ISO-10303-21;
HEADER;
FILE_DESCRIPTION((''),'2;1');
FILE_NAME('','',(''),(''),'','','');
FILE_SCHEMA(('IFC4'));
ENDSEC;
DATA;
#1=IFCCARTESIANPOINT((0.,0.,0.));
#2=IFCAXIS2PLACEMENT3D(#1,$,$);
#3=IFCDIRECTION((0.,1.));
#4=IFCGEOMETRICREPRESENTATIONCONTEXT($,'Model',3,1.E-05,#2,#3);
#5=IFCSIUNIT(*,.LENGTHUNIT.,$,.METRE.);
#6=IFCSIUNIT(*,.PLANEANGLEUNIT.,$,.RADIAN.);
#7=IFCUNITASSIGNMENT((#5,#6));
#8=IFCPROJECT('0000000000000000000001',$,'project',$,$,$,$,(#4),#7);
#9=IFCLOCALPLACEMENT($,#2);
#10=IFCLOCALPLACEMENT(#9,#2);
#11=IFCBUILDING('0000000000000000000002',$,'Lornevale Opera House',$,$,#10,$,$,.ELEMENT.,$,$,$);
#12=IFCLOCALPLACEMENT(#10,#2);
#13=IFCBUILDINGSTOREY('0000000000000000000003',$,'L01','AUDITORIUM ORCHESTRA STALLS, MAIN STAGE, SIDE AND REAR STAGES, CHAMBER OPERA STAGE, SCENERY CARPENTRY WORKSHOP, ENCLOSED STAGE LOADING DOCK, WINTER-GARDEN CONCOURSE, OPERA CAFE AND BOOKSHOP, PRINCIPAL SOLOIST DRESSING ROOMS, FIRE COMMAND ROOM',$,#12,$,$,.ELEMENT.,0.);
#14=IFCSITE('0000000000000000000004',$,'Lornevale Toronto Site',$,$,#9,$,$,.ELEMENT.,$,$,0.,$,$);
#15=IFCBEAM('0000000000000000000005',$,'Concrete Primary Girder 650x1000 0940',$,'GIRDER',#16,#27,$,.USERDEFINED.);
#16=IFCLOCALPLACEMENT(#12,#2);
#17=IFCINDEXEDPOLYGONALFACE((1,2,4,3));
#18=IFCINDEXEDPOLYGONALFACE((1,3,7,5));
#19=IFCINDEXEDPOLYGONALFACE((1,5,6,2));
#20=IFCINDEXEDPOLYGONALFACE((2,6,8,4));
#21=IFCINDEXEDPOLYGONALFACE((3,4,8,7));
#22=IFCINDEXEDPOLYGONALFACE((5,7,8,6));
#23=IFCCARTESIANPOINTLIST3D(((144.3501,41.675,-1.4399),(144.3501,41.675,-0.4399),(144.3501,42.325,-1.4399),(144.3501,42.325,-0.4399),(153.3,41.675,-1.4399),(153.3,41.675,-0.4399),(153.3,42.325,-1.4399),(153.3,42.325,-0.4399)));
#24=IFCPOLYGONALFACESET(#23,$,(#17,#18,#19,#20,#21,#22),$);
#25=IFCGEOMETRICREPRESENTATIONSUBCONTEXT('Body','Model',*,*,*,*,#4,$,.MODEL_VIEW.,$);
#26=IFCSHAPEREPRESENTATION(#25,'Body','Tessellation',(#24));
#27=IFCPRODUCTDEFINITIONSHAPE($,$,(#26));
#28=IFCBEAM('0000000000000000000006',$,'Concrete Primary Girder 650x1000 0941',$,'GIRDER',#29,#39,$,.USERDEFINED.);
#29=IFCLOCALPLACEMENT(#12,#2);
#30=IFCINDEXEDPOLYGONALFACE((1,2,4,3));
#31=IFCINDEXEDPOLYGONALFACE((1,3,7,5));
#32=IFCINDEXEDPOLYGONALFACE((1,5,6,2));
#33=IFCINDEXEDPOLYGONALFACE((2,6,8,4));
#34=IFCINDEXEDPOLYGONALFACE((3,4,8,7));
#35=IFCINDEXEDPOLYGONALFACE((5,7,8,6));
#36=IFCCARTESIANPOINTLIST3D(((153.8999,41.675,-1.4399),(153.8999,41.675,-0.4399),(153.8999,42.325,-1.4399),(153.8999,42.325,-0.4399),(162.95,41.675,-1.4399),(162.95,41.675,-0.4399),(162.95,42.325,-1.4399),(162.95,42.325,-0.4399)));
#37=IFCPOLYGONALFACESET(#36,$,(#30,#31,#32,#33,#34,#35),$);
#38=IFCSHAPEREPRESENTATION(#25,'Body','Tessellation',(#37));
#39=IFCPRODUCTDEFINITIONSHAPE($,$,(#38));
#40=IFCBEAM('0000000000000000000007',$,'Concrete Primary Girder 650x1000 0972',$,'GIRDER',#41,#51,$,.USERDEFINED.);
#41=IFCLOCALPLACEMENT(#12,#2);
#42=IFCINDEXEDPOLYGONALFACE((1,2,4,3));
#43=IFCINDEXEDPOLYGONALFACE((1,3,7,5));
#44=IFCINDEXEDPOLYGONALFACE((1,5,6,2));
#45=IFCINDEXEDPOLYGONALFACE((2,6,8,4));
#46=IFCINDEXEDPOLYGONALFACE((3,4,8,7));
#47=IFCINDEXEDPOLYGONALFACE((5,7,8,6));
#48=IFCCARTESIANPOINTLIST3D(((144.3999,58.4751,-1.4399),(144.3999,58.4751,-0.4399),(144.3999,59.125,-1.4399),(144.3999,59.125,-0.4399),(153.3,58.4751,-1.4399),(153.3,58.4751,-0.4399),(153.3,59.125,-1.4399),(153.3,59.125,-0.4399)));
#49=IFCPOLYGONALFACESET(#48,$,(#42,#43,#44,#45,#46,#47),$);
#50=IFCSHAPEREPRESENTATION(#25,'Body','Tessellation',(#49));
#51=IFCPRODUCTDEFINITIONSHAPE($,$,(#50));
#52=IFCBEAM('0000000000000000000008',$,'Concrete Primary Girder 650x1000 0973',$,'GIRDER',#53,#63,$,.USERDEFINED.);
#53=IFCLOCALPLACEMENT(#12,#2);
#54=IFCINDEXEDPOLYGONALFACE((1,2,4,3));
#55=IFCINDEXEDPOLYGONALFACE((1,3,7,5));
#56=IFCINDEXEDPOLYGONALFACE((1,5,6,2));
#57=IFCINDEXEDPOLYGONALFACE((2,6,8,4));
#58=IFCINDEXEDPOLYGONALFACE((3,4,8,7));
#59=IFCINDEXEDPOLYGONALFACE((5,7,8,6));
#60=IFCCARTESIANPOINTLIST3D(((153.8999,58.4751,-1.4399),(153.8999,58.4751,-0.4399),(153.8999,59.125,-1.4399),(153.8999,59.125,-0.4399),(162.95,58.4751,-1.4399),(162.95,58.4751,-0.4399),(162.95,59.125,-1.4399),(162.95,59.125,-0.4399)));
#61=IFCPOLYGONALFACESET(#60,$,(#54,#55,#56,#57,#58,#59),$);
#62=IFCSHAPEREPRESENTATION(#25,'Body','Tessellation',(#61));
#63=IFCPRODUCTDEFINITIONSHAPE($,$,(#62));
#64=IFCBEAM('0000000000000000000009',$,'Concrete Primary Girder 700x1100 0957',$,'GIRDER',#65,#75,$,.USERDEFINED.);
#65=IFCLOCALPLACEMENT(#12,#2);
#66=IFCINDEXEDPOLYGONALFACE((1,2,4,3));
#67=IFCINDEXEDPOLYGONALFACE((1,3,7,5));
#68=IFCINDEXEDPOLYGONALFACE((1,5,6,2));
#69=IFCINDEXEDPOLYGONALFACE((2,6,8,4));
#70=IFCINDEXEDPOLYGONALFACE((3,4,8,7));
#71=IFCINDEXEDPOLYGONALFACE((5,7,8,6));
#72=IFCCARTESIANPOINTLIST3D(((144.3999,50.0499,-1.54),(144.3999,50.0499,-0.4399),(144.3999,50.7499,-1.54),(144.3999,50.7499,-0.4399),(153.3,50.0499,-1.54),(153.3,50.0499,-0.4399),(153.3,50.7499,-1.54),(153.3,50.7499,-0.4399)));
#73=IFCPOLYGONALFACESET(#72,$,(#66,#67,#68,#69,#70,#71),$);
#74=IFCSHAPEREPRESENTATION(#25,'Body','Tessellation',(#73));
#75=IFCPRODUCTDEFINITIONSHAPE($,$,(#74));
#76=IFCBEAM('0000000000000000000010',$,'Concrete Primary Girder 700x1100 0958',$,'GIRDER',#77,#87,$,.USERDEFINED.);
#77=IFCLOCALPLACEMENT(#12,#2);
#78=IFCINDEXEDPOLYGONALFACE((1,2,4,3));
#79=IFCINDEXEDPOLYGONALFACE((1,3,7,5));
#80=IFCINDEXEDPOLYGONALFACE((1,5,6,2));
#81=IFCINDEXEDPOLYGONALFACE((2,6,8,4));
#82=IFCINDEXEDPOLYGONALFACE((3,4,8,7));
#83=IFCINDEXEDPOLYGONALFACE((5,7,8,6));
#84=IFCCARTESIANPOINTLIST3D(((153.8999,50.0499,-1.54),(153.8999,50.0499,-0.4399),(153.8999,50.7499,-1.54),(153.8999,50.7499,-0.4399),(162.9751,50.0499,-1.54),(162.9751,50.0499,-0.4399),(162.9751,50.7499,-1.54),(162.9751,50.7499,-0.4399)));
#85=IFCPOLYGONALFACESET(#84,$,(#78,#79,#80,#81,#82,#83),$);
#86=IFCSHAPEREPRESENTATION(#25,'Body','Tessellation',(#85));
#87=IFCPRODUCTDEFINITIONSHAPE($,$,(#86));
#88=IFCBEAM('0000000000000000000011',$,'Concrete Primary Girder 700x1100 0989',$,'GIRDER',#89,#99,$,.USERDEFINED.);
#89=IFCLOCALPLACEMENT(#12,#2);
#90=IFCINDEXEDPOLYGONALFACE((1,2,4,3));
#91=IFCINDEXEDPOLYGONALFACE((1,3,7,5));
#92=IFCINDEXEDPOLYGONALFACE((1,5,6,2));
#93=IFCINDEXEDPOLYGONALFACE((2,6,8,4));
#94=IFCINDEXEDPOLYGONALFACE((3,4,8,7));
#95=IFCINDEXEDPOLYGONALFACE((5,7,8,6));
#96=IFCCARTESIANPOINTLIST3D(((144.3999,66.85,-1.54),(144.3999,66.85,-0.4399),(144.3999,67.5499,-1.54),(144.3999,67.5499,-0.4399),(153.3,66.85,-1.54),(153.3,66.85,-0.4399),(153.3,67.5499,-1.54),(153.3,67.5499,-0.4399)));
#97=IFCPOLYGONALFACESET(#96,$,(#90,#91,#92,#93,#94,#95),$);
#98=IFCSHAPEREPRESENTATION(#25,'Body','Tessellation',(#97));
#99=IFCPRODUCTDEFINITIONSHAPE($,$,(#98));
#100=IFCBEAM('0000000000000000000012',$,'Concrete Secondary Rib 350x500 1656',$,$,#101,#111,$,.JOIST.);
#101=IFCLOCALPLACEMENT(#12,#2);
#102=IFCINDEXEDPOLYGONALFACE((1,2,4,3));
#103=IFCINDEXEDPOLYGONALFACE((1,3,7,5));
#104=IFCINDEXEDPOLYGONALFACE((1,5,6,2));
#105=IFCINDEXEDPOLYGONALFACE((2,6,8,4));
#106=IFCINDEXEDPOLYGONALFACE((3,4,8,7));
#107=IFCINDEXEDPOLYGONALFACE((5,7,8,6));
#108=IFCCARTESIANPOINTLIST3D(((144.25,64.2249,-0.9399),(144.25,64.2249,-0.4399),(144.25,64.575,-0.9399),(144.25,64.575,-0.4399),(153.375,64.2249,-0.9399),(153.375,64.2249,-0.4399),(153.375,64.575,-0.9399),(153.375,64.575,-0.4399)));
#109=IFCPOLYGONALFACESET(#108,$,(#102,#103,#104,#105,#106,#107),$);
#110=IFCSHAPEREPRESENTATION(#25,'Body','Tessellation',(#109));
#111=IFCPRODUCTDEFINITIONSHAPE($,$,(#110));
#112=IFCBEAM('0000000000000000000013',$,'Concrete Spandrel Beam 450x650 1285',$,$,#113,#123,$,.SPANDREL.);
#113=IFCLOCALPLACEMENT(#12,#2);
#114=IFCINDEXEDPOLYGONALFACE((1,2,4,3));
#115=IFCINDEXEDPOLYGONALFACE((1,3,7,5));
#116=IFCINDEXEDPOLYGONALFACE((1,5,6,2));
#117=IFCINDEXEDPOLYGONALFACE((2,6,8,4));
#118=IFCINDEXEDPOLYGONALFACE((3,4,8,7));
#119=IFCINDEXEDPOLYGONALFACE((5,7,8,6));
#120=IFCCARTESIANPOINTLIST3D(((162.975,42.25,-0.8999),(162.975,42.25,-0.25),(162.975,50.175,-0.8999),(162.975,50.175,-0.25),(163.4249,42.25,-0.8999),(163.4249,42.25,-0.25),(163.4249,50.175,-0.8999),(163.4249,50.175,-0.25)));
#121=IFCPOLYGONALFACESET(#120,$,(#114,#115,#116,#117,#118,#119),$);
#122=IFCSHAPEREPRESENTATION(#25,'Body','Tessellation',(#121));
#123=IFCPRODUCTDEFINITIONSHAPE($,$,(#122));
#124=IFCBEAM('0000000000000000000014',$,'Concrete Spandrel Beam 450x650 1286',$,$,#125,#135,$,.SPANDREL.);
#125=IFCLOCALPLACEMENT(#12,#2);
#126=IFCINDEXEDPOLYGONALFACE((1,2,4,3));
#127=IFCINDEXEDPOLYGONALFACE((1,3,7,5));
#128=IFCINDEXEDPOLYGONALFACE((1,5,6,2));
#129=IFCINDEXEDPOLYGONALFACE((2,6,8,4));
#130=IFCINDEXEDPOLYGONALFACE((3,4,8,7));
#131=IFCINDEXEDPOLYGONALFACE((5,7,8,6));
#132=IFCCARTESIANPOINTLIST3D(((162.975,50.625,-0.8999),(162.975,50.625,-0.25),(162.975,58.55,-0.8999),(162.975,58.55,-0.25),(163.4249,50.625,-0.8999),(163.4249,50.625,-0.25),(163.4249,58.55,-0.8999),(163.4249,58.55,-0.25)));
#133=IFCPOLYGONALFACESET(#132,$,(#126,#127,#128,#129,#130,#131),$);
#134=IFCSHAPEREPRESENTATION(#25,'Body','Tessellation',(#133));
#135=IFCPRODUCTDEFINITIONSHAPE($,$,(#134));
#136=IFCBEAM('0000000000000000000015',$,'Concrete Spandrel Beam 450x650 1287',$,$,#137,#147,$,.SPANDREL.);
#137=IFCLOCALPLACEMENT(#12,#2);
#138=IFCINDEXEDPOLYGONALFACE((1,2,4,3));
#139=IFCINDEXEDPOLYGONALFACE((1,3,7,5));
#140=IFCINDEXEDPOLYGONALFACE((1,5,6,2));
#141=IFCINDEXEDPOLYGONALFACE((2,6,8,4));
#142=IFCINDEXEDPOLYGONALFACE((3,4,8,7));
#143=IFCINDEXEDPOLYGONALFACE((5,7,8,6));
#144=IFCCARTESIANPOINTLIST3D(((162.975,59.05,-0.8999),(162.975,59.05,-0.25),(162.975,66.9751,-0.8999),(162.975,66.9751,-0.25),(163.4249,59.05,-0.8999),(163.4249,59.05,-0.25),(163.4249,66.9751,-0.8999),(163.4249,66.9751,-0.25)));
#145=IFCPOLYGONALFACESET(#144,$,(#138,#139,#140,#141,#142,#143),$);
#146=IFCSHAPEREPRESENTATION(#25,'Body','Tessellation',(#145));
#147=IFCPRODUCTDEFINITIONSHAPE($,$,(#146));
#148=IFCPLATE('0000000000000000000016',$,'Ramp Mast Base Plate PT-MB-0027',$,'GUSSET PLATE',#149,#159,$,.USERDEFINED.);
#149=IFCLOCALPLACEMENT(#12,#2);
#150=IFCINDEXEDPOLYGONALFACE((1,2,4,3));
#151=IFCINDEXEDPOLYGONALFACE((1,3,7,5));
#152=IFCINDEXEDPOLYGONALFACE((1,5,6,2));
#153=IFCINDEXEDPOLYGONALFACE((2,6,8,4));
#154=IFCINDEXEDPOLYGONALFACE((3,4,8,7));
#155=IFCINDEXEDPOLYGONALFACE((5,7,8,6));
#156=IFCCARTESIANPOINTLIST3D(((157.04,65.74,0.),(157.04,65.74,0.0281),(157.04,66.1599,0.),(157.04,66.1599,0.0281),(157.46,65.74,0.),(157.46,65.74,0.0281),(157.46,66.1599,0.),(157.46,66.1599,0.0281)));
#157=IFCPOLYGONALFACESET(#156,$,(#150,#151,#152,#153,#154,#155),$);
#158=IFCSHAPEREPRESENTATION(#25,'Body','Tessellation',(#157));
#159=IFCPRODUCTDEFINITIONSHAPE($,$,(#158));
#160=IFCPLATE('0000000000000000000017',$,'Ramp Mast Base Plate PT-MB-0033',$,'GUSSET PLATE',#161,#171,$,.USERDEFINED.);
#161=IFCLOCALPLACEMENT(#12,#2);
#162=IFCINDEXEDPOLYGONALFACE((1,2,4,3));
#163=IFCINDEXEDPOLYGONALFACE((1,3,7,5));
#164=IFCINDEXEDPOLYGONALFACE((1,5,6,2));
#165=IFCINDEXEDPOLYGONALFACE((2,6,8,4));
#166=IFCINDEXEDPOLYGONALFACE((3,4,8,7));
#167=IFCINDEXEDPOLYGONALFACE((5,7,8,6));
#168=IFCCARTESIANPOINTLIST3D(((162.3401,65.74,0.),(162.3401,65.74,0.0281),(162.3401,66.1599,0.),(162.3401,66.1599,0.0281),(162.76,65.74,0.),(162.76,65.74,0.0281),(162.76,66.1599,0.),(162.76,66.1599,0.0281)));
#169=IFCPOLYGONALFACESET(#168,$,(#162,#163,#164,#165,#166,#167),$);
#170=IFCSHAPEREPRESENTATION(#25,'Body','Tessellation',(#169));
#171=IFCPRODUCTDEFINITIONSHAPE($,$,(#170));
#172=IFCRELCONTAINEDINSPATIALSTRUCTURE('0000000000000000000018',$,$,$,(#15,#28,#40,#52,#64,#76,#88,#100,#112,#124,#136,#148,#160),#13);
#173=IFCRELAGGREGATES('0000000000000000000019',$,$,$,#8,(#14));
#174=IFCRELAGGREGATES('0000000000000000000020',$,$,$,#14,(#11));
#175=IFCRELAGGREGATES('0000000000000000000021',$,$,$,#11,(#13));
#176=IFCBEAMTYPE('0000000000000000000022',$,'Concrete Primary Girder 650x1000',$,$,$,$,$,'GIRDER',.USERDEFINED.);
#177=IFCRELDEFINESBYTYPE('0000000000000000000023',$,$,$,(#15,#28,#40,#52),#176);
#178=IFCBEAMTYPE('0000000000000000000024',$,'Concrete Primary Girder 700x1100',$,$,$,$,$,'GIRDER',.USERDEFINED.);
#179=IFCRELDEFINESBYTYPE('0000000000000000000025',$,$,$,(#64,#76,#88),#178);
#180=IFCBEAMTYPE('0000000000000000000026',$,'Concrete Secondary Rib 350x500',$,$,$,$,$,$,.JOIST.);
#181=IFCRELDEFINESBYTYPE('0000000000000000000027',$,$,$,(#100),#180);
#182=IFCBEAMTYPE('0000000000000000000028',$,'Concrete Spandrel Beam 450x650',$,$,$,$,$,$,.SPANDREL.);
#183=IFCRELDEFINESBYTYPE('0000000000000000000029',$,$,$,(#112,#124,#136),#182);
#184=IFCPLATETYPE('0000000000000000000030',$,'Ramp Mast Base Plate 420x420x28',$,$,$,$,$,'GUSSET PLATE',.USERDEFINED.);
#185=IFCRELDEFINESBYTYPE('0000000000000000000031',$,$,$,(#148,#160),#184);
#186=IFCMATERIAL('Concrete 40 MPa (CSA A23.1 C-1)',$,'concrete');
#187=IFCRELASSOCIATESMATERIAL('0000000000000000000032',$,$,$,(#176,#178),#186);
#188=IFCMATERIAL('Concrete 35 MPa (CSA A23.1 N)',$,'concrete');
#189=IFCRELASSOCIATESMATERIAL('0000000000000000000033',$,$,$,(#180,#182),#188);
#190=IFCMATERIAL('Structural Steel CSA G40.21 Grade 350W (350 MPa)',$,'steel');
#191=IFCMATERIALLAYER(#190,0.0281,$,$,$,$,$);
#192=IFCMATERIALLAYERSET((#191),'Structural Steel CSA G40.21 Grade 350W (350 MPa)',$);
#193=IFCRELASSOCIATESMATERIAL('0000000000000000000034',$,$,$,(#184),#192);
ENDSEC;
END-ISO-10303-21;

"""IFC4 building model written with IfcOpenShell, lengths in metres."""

from ifc_helpers import new_model, si_unit, direction, frame, origin, origin_2d, place, context, subcontext, project, spatial, rectangle, extrude, material, layer, layer_set, material_profile, profile_set, type_object, element, save


model = new_model("IFC4")

# Units and contexts
model_context = context("Model", 3, precision=1e-05, world=origin(), true_north=direction((0.0, 1.0)))
body_context = subcontext(model_context, "Body", "Model", "MODEL_VIEW")
ifc_project = project(units=[si_unit("LENGTHUNIT", "METRE"), si_unit("PLANEANGLEUNIT", "RADIAN")], contexts=[model_context])

# Site, building, storey
site_placement = place(None, origin())
site = spatial("IfcSite", under=ifc_project, at=site_placement, Name="Lornevale Toronto Site", CompositionType="ELEMENT", RefElevation=0.0)
building_placement = place(site_placement, origin())
building = spatial("IfcBuilding", under=site, at=building_placement, Name="Lornevale Opera House", CompositionType="ELEMENT")
storey_placement = place(building_placement, origin())
storey = spatial("IfcBuildingStorey", under=building, at=storey_placement, Name="L01", Description="AUDITORIUM ORCHESTRA STALLS, MAIN STAGE, SIDE AND REAR STAGES, CHAMBER OPERA STAGE, SCENERY CARPENTRY WORKSHOP, ENCLOSED STAGE LOADING DOCK, WINTER-GARDEN CONCOURSE, OPERA CAFE AND BOOKSHOP, PRINCIPAL SOLOIST DRESSING ROOMS, FIRE COMMAND ROOM", CompositionType="ELEMENT", Elevation=0.0)

# Shared definitions
ifc_material_1 = material(Name="Concrete 40 MPa (CSA A23.1 C-1)", Category="concrete")
ifc_material_2 = material(Name="Structural Steel CSA G40.21 Grade 350W (350 MPa)", Category="steel")

# Beams
ifc_material_3 = material(Name="Concrete 35 MPa (CSA A23.1 N)", Category="concrete")
ifc_material_profile_1 = material_profile(ifc_material_1, rectangle(XDim=0.6499, YDim=1.0, at=origin_2d()), Name="RC650x1000")
ifc_profile_set_1 = profile_set([ifc_material_profile_1], Name="Concrete 40 MPa (CSA A23.1 C-1)")
beam_type_1 = type_object("IfcBeamType", Name="Concrete Primary Girder 650x1000", ElementType="GIRDER", PredefinedType="USERDEFINED", material=ifc_profile_set_1)
beam_1_placement = place(storey_placement, frame((144.3501, 42.0, -0.9399), z_axis=(1.0, 0.0, 0.0), x_axis=(0.0, 1.0, 0.0)))
element("IfcBeam", 1, at=beam_1_placement, inside=storey, type_object=beam_type_1, Name="Concrete Primary Girder 650x1000 0940", ObjectType="GIRDER", PredefinedType="USERDEFINED", context=body_context, shape_type="SweptSolid", body=[
    extrude(rectangle(XDim=0.6499, YDim=1.0, at=origin_2d()), origin(), (0.0, 0.0, 1.0), 8.95),
])
beam_2_placement = place(storey_placement, frame((153.8999, 42.0, -0.9399), z_axis=(1.0, 0.0, 0.0), x_axis=(0.0, 1.0, 0.0)))
element("IfcBeam", 2, at=beam_2_placement, inside=storey, type_object=beam_type_1, Name="Concrete Primary Girder 650x1000 0941", ObjectType="GIRDER", PredefinedType="USERDEFINED", context=body_context, shape_type="SweptSolid", body=[
    extrude(rectangle(XDim=0.6499, YDim=1.0, at=origin_2d()), origin(), (0.0, 0.0, 1.0), 9.05),
])
beam_3_placement = place(storey_placement, frame((144.3999, 58.8, -0.9399), z_axis=(1.0, 0.0, 0.0), x_axis=(0.0, 1.0, 0.0)))
element("IfcBeam", 3, at=beam_3_placement, inside=storey, type_object=beam_type_1, Name="Concrete Primary Girder 650x1000 0972", ObjectType="GIRDER", PredefinedType="USERDEFINED", context=body_context, shape_type="SweptSolid", body=[
    extrude(rectangle(XDim=0.6499, YDim=1.0, at=origin_2d()), origin(), (0.0, 0.0, 1.0), 8.9001),
])
beam_4_placement = place(storey_placement, frame((153.8999, 58.8, -0.9399), z_axis=(1.0, 0.0, 0.0), x_axis=(0.0, 1.0, 0.0)))
element("IfcBeam", 4, at=beam_4_placement, inside=storey, type_object=beam_type_1, Name="Concrete Primary Girder 650x1000 0973", ObjectType="GIRDER", PredefinedType="USERDEFINED", context=body_context, shape_type="SweptSolid", body=[
    extrude(rectangle(XDim=0.6499, YDim=1.0, at=origin_2d()), origin(), (0.0, 0.0, 1.0), 9.05),
])
ifc_material_profile_2 = material_profile(ifc_material_1, rectangle(XDim=0.7, YDim=1.1001, at=origin_2d()), Name="RC700x1100")
ifc_profile_set_2 = profile_set([ifc_material_profile_2], Name="Concrete 40 MPa (CSA A23.1 C-1)")
beam_type_2 = type_object("IfcBeamType", Name="Concrete Primary Girder 700x1100", ElementType="GIRDER", PredefinedType="USERDEFINED", material=ifc_profile_set_2)
beam_5_placement = place(storey_placement, frame((144.3999, 50.3999, -0.99), z_axis=(1.0, 0.0, 0.0), x_axis=(0.0, 1.0, 0.0)))
element("IfcBeam", 5, at=beam_5_placement, inside=storey, type_object=beam_type_2, Name="Concrete Primary Girder 700x1100 0957", ObjectType="GIRDER", PredefinedType="USERDEFINED", context=body_context, shape_type="SweptSolid", body=[
    extrude(rectangle(XDim=0.7, YDim=1.1001, at=origin_2d()), origin(), (0.0, 0.0, 1.0), 8.9001),
])
beam_6_placement = place(storey_placement, frame((153.8999, 50.3999, -0.99), z_axis=(1.0, 0.0, 0.0), x_axis=(0.0, 1.0, 0.0)))
element("IfcBeam", 6, at=beam_6_placement, inside=storey, type_object=beam_type_2, Name="Concrete Primary Girder 700x1100 0958", ObjectType="GIRDER", PredefinedType="USERDEFINED", context=body_context, shape_type="SweptSolid", body=[
    extrude(rectangle(XDim=0.7, YDim=1.1001, at=origin_2d()), origin(), (0.0, 0.0, 1.0), 9.0752),
])
beam_7_placement = place(storey_placement, frame((144.3999, 67.2, -0.99), z_axis=(1.0, 0.0, 0.0), x_axis=(0.0, 1.0, 0.0)))
element("IfcBeam", 7, at=beam_7_placement, inside=storey, type_object=beam_type_2, Name="Concrete Primary Girder 700x1100 0989", ObjectType="GIRDER", PredefinedType="USERDEFINED", context=body_context, shape_type="SweptSolid", body=[
    extrude(rectangle(XDim=0.7, YDim=1.1001, at=origin_2d()), origin(), (0.0, 0.0, 1.0), 8.9001),
])
ifc_material_profile_3 = material_profile(ifc_material_3, rectangle(XDim=0.3501, YDim=0.5, at=origin_2d()), Name="RC350x500")
ifc_profile_set_3 = profile_set([ifc_material_profile_3], Name="Concrete 35 MPa (CSA A23.1 N)")
beam_type_3 = type_object("IfcBeamType", Name="Concrete Secondary Rib 350x500", PredefinedType="JOIST", material=ifc_profile_set_3)
beam_8_placement = place(storey_placement, frame((144.25, 64.3999, -0.6899), z_axis=(1.0, 0.0, 0.0), x_axis=(0.0, 1.0, 0.0)))
element("IfcBeam", 8, at=beam_8_placement, inside=storey, type_object=beam_type_3, Name="Concrete Secondary Rib 350x500 1656", PredefinedType="JOIST", context=body_context, shape_type="SweptSolid", body=[
    extrude(rectangle(XDim=0.3501, YDim=0.5, at=origin_2d()), origin(), (0.0, 0.0, 1.0), 9.125),
])
ifc_material_profile_4 = material_profile(ifc_material_3, rectangle(XDim=0.45, YDim=0.6499, at=origin_2d()), Name="RC450x650")
ifc_profile_set_4 = profile_set([ifc_material_profile_4], Name="Concrete 35 MPa (CSA A23.1 N)")
beam_type_4 = type_object("IfcBeamType", Name="Concrete Spandrel Beam 450x650", PredefinedType="SPANDREL", material=ifc_profile_set_4)
for number, where, z_axis, x_axis, name in (
    (9, (163.2, 42.25, -0.575), (0.0, 1.0, 0.0), (-1.0, 0.0, 0.0), "Concrete Spandrel Beam 450x650 1285"),
    (10, (163.2, 50.625, -0.575), (0.0, 1.0, 0.0), (-1.0, 0.0, 0.0), "Concrete Spandrel Beam 450x650 1286"),
    (11, (163.2, 59.05, -0.575), (0.0, 1.0, 0.0), (-1.0, 0.0, 0.0), "Concrete Spandrel Beam 450x650 1287"),
):
    element("IfcBeam", number, at=place(storey_placement, frame(where, z_axis=z_axis, x_axis=x_axis)), inside=storey, type_object=beam_type_4, Name=name, PredefinedType="SPANDREL", context=body_context, shape_type="SweptSolid", body=[
        extrude(rectangle(XDim=0.45, YDim=0.6499, at=origin_2d()), origin(), (0.0, 0.0, 1.0), 7.925),
    ])

# Plates
ifc_layer_1 = layer(ifc_material_2, 0.0281)
ifc_layer_set_1 = layer_set([ifc_layer_1], Name="Structural Steel CSA G40.21 Grade 350W (350 MPa)")
plate_type = type_object("IfcPlateType", Name="Ramp Mast Base Plate 420x420x28", ElementType="GUSSET PLATE", PredefinedType="USERDEFINED", material=ifc_layer_set_1)
for number, where, z_axis, x_axis, name in (
    (12, (157.25, 65.95, 0.0), (0.0, 0.0, 1.0), (1.0, 0.0, 0.0), "Ramp Mast Base Plate PT-MB-0027"),
    (13, (162.55, 65.95, 0.0), (0.0, 0.0, 1.0), (1.0, 0.0, 0.0), "Ramp Mast Base Plate PT-MB-0033"),
):
    element("IfcPlate", number, at=place(storey_placement, frame(where, z_axis=z_axis, x_axis=x_axis)), inside=storey, type_object=plate_type, Name=name, ObjectType="GUSSET PLATE", PredefinedType="USERDEFINED", context=body_context, shape_type="SweptSolid", body=[
        extrude(rectangle(XDim=0.4199, YDim=0.4199, at=origin_2d()), origin(), (0.0, 0.0, 1.0), 0.0281),
    ])

save(model, "model.ifc")
